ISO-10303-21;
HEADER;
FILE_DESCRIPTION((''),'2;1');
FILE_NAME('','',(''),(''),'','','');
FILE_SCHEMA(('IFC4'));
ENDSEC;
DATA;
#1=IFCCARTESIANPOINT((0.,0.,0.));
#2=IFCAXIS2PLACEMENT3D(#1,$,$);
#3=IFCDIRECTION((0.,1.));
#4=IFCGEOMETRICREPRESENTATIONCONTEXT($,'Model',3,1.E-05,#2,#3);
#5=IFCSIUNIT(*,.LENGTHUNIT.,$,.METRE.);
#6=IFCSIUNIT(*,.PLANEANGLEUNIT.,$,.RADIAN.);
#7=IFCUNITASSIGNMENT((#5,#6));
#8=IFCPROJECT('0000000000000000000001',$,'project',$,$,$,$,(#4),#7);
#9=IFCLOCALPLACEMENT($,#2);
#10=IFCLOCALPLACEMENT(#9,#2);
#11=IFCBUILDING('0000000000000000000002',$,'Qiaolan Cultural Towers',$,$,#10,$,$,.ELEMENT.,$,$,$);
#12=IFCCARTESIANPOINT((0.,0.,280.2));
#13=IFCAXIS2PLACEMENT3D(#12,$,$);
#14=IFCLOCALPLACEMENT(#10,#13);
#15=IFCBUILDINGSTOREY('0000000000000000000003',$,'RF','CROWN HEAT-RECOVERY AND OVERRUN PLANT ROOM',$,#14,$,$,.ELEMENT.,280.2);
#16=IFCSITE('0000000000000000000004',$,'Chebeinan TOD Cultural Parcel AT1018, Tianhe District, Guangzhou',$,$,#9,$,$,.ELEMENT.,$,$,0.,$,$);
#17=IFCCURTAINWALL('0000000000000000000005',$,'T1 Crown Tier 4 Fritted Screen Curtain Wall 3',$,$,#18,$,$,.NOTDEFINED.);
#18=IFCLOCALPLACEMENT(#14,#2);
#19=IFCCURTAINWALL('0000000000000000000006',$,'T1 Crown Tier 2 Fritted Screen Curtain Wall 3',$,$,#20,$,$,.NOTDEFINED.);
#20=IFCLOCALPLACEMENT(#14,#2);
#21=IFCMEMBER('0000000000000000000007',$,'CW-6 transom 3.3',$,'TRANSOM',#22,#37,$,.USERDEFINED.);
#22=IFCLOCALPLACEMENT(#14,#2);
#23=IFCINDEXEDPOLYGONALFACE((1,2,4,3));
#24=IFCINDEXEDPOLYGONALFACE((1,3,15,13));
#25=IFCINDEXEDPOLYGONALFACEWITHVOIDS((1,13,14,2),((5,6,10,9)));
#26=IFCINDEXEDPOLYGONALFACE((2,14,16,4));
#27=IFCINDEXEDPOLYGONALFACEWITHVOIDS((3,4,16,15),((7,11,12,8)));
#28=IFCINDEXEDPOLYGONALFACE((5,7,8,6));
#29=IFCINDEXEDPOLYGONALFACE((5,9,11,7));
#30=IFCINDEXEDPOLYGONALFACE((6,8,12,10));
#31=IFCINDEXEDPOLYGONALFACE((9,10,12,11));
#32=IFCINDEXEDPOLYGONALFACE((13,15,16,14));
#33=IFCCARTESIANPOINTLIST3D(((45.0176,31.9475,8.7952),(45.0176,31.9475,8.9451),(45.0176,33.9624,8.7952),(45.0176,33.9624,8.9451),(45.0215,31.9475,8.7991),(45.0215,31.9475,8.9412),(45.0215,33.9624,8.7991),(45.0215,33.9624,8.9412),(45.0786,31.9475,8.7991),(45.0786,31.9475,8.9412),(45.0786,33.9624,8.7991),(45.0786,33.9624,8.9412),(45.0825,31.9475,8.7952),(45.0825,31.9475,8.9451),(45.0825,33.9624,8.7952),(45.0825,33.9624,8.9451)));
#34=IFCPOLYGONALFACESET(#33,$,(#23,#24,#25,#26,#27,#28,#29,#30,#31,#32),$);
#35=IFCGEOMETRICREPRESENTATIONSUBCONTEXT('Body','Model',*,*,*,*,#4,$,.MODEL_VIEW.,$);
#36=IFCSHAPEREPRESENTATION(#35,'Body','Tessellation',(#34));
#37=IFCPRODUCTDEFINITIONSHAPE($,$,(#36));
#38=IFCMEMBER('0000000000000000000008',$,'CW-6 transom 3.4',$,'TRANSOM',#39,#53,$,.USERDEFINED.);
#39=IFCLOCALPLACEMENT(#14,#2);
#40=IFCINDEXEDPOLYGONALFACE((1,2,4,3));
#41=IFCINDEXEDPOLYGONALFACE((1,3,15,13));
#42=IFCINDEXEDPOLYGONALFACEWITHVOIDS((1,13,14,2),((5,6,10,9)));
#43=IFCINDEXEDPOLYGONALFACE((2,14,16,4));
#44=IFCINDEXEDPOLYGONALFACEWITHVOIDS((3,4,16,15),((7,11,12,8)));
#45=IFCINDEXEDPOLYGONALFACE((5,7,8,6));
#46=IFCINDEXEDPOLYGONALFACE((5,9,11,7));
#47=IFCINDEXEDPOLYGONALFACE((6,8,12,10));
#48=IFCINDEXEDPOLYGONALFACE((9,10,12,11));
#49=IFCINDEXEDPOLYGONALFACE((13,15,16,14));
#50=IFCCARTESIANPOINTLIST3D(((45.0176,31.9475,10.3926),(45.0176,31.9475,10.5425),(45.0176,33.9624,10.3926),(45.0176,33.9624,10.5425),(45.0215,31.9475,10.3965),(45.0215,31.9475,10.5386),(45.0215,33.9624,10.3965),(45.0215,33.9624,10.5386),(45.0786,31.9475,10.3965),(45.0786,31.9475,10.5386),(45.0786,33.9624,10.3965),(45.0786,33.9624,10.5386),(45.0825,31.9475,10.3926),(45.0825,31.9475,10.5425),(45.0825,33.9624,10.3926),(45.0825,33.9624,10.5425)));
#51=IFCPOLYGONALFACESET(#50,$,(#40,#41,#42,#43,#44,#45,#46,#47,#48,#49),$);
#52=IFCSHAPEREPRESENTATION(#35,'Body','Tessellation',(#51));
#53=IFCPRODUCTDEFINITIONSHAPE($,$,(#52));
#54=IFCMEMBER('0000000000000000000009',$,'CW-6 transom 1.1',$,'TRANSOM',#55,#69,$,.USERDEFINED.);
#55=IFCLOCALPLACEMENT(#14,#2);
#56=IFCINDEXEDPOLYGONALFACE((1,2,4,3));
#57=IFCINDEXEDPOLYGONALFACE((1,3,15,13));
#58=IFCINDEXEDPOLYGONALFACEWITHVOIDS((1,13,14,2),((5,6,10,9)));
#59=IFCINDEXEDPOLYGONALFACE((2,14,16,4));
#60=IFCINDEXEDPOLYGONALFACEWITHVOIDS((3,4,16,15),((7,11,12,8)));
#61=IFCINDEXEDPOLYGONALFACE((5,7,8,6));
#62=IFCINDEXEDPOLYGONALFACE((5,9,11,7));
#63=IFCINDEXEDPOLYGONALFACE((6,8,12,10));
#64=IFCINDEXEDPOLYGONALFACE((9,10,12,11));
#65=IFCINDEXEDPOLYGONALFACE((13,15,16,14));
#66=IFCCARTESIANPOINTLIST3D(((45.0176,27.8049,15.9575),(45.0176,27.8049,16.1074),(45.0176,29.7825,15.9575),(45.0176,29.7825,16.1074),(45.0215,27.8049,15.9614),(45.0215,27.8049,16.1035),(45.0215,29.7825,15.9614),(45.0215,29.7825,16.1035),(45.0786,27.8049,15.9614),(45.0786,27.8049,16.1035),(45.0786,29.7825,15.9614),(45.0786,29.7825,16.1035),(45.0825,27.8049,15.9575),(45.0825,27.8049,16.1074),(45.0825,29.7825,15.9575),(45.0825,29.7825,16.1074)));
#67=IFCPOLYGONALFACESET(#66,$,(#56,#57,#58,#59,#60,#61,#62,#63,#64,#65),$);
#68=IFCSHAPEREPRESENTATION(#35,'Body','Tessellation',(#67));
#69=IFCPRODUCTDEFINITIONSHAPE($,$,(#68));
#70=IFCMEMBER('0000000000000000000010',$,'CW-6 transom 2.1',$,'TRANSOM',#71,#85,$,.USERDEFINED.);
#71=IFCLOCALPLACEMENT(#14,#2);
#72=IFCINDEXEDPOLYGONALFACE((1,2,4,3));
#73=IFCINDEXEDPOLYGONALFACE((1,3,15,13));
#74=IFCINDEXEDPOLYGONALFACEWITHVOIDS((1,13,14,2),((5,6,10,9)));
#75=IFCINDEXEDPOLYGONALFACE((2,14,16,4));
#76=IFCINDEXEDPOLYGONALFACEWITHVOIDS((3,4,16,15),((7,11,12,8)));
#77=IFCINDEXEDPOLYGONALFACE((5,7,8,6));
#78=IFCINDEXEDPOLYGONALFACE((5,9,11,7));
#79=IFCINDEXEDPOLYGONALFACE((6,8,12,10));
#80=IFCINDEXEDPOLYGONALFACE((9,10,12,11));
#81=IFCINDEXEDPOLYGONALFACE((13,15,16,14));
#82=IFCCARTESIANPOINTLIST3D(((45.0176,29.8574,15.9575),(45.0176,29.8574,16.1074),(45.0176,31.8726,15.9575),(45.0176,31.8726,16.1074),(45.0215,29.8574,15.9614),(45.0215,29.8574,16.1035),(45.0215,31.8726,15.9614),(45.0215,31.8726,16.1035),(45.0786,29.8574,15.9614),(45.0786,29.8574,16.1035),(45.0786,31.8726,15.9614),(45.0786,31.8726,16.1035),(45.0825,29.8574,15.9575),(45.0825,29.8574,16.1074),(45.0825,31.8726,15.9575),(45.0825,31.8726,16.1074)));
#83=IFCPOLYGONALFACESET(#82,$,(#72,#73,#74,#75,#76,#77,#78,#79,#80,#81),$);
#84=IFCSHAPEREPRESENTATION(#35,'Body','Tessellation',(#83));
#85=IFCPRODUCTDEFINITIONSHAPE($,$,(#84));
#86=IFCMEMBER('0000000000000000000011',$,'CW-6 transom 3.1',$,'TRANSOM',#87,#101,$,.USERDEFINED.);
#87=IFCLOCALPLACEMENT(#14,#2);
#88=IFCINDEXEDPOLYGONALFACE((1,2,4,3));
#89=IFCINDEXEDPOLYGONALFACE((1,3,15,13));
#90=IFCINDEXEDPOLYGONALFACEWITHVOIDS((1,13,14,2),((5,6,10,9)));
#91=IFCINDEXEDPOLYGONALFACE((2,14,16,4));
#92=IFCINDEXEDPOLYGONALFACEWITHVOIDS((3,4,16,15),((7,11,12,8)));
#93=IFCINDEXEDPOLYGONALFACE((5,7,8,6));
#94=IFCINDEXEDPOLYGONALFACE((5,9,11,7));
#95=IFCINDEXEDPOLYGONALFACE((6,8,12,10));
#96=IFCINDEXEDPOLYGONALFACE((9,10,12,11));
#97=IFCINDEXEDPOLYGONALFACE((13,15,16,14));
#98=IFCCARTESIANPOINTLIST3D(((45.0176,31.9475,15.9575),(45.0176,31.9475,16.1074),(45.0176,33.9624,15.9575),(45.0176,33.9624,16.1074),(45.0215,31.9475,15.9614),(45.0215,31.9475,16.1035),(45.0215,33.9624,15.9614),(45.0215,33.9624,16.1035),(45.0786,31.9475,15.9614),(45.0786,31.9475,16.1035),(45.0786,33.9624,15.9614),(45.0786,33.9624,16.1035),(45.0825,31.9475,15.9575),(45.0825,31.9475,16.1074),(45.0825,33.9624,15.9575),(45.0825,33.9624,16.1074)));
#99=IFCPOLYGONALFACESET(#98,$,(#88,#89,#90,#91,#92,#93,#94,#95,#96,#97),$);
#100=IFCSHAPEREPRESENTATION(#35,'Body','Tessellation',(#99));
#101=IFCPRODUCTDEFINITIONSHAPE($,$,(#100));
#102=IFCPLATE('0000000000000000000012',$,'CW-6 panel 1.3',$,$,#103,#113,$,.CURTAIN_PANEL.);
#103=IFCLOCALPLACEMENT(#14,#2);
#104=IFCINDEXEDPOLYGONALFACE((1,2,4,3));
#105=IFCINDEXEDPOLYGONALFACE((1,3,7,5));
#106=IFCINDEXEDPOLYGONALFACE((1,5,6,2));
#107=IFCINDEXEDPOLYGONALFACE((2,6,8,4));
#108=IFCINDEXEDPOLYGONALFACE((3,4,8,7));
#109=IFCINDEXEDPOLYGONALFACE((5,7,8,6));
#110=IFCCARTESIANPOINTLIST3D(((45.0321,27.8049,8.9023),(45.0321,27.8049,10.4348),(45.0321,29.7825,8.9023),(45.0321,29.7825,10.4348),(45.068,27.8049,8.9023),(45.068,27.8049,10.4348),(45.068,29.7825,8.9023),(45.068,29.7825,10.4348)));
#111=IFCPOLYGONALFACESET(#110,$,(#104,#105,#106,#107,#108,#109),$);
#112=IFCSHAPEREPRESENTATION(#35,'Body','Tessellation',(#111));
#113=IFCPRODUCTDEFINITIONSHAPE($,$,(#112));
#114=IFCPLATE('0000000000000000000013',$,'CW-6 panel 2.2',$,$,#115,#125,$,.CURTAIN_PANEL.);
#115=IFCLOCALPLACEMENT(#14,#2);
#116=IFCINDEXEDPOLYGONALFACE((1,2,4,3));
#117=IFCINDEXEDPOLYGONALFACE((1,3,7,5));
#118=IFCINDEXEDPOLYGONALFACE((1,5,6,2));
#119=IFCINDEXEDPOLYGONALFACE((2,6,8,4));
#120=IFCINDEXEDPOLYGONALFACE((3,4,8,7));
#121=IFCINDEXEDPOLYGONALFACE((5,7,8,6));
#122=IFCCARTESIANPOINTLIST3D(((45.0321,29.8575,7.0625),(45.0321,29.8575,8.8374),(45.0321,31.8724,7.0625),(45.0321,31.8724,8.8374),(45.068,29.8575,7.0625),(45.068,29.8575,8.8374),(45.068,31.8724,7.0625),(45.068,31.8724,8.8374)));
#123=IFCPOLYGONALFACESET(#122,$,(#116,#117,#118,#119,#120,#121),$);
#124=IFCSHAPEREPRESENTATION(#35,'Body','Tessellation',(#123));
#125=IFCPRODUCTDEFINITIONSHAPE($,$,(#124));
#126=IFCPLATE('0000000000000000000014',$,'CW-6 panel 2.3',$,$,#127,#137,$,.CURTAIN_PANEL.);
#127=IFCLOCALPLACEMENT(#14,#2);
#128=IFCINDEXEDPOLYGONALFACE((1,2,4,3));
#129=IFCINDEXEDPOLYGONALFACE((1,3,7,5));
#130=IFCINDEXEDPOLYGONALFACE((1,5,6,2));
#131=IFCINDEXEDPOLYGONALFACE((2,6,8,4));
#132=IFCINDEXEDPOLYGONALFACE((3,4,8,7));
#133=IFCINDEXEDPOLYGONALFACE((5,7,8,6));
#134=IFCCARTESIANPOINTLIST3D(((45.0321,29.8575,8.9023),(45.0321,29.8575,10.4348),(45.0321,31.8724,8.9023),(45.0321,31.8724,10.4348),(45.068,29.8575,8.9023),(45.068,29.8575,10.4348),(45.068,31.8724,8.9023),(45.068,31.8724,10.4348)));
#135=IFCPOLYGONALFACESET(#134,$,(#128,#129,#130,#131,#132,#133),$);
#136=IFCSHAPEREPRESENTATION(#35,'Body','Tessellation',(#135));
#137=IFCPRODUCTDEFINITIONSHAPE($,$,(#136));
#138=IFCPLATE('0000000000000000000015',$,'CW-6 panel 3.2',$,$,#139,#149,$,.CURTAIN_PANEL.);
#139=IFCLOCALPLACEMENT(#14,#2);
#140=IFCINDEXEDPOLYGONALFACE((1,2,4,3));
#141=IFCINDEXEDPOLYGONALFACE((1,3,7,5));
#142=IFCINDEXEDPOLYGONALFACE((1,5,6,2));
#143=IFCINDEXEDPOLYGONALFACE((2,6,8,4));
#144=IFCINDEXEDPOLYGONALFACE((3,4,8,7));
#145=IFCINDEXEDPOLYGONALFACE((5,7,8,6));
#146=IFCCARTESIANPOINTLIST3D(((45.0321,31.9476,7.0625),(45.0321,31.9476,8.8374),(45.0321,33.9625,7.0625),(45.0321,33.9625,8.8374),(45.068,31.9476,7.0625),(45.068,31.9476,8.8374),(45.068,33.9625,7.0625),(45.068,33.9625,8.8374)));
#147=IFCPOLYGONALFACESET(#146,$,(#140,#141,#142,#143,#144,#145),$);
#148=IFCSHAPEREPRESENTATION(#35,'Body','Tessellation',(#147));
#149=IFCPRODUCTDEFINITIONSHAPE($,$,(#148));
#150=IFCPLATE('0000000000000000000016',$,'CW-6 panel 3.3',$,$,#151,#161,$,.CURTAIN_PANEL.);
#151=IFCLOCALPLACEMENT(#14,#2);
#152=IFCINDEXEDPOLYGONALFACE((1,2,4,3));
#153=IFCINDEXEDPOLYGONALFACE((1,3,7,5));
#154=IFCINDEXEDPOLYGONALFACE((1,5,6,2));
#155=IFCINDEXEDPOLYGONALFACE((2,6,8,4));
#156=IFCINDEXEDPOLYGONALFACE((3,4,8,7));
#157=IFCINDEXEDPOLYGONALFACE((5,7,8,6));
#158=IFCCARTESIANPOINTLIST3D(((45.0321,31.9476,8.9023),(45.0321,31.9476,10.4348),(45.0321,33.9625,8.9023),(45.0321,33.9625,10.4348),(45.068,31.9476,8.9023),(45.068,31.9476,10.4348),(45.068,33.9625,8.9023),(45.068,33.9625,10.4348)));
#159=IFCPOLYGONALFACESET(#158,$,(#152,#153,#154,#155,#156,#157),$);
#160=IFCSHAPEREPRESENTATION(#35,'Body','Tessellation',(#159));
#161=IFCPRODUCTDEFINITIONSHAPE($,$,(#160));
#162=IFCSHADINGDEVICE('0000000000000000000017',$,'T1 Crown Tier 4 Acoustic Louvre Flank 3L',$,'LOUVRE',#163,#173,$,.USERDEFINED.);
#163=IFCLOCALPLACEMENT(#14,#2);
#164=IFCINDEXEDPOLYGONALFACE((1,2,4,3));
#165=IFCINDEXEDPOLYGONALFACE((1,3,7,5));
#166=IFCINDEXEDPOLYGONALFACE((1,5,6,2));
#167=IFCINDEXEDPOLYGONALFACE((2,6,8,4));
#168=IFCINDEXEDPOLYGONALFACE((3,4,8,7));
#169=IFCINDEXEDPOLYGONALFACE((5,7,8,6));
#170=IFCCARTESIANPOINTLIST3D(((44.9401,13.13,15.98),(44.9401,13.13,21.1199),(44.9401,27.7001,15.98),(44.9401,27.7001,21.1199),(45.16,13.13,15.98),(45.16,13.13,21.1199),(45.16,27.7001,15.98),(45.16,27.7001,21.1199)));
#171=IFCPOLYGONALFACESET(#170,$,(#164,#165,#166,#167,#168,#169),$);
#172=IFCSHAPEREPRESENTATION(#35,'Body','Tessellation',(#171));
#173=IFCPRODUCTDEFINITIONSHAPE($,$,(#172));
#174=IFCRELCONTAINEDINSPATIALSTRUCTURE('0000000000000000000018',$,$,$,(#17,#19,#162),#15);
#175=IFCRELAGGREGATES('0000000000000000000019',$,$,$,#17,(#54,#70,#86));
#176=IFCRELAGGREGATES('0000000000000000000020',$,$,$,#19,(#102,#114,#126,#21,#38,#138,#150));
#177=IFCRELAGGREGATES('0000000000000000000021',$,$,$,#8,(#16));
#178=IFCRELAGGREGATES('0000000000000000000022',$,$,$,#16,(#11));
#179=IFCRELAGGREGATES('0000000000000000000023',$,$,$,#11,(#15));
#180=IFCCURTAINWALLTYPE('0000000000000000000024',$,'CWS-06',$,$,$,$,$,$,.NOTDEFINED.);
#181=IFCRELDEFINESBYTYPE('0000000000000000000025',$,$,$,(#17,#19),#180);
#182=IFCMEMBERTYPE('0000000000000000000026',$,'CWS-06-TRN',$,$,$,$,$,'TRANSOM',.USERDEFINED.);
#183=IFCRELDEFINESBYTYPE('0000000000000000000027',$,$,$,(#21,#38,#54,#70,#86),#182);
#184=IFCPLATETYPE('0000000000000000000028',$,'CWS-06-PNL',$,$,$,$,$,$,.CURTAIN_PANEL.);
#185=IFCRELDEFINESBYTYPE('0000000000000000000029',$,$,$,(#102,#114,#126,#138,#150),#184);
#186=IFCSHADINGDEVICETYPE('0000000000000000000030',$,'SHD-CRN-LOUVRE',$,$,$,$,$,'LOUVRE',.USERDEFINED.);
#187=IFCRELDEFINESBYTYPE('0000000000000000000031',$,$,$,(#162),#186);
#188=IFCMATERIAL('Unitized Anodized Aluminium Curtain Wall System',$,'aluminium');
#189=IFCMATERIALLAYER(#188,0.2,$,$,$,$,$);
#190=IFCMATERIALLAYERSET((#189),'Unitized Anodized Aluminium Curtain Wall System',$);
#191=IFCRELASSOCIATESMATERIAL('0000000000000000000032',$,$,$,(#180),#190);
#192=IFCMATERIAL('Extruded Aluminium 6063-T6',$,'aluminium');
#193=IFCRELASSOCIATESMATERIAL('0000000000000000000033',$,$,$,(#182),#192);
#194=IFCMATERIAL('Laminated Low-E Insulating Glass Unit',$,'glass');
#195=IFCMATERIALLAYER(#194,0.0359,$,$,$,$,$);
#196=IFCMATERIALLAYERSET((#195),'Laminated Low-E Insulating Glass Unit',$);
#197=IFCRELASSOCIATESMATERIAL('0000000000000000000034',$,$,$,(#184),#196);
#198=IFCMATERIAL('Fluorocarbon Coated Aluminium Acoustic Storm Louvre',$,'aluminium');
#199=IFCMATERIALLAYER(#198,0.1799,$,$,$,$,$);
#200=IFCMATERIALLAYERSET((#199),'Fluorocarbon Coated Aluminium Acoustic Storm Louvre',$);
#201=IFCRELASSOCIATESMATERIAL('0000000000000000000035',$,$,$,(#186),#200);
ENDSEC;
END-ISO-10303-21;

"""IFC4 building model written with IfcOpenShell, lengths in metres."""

from ifc_helpers import new_model, si_unit, direction, frame, origin, origin_2d, place, context, subcontext, project, spatial, rectangle, hollow_rectangle, extrude, material, layer, layer_set, material_profile, profile_set, type_object, element, aggregate, save


model = new_model("IFC4")

# Units and contexts
model_context = context("Model", 3, precision=1e-05, world=origin(), true_north=direction((0.0, 1.0)))
body_context = subcontext(model_context, "Body", "Model", "MODEL_VIEW")
ifc_project = project(units=[si_unit("LENGTHUNIT", "METRE"), si_unit("PLANEANGLEUNIT", "RADIAN")], contexts=[model_context])

# Site, building, storey
site_placement = place(None, origin())
site = spatial("IfcSite", under=ifc_project, at=site_placement, Name="Chebeinan TOD Cultural Parcel AT1018, Tianhe District, Guangzhou", CompositionType="ELEMENT", RefElevation=0.0)
building_placement = place(site_placement, origin())
building = spatial("IfcBuilding", under=site, at=building_placement, Name="Qiaolan Cultural Towers", CompositionType="ELEMENT")
storey_placement = place(building_placement, frame((0.0, 0.0, 280.2)))
storey = spatial("IfcBuildingStorey", under=building, at=storey_placement, Name="RF", Description="CROWN HEAT-RECOVERY AND OVERRUN PLANT ROOM", CompositionType="ELEMENT", Elevation=280.2)

# Curtain walls, members
ifc_material_1 = material(Name="Unitized Anodized Aluminium Curtain Wall System", Category="aluminium")
ifc_layer_1 = layer(ifc_material_1, 0.2)
ifc_layer_set_1 = layer_set([ifc_layer_1], Name="Unitized Anodized Aluminium Curtain Wall System")
curtain_wall_type = type_object("IfcCurtainWallType", Name="CWS-06", PredefinedType="NOTDEFINED", material=ifc_layer_set_1)
curtain_wall_1_placement = place(storey_placement, origin())
curtain_wall_1 = element("IfcCurtainWall", 1, at=curtain_wall_1_placement, inside=storey, type_object=curtain_wall_type, Name="T1 Crown Tier 4 Fritted Screen Curtain Wall 3", PredefinedType="NOTDEFINED")
curtain_wall_2_placement = place(storey_placement, origin())
curtain_wall_2 = element("IfcCurtainWall", 2, at=curtain_wall_2_placement, inside=storey, type_object=curtain_wall_type, Name="T1 Crown Tier 2 Fritted Screen Curtain Wall 3", PredefinedType="NOTDEFINED")
ifc_material_2 = material(Name="Extruded Aluminium 6063-T6", Category="aluminium")
ifc_material_profile_1 = material_profile(ifc_material_2, hollow_rectangle(XDim=0.0649, YDim=0.1499, WallThickness=0.0039, at=origin_2d()), Name="CWT-150x65x4")
ifc_profile_set_1 = profile_set([ifc_material_profile_1], Name="Extruded Aluminium 6063-T6")
member_type_1 = type_object("IfcMemberType", Name="CWS-06-TRN", ElementType="TRANSOM", PredefinedType="USERDEFINED", material=ifc_profile_set_1)
member_1_placement = place(storey_placement, frame((45.05, 31.9475, 8.8701), z_axis=(0.0, 1.0, 0.0), x_axis=(-1.0, 0.0, 0.0)))
member_1 = element("IfcMember", 3, at=member_1_placement, type_object=member_type_1, Name="CW-6 transom 3.3", ObjectType="TRANSOM", PredefinedType="USERDEFINED", context=body_context, shape_type="SweptSolid", body=[
    extrude(hollow_rectangle(XDim=0.0649, YDim=0.1499, WallThickness=0.0039, at=origin_2d()), origin(), (0.0, 0.0, 1.0), 2.0149),
])
member_2_placement = place(storey_placement, frame((45.05, 31.9475, 10.4675), z_axis=(0.0, 1.0, 0.0), x_axis=(-1.0, 0.0, 0.0)))
member_2 = element("IfcMember", 4, at=member_2_placement, type_object=member_type_1, Name="CW-6 transom 3.4", ObjectType="TRANSOM", PredefinedType="USERDEFINED", context=body_context, shape_type="SweptSolid", body=[
    extrude(hollow_rectangle(XDim=0.0649, YDim=0.1499, WallThickness=0.0039, at=origin_2d()), origin(), (0.0, 0.0, 1.0), 2.0149),
])

# Members
member_3_placement = place(storey_placement, frame((45.05, 27.8049, 16.0325), z_axis=(0.0, 1.0, 0.0), x_axis=(-1.0, 0.0, 0.0)))
member_3 = element("IfcMember", 5, at=member_3_placement, type_object=member_type_1, Name="CW-6 transom 1.1", ObjectType="TRANSOM", PredefinedType="USERDEFINED", context=body_context, shape_type="SweptSolid", body=[
    extrude(hollow_rectangle(XDim=0.0649, YDim=0.1499, WallThickness=0.0039, at=origin_2d()), origin(), (0.0, 0.0, 1.0), 1.9775),
])
member_4_placement = place(storey_placement, frame((45.05, 29.8574, 16.0325), z_axis=(0.0, 1.0, 0.0), x_axis=(-1.0, 0.0, 0.0)))
member_4 = element("IfcMember", 6, at=member_4_placement, type_object=member_type_1, Name="CW-6 transom 2.1", ObjectType="TRANSOM", PredefinedType="USERDEFINED", context=body_context, shape_type="SweptSolid", body=[
    extrude(hollow_rectangle(XDim=0.0649, YDim=0.1499, WallThickness=0.0039, at=origin_2d()), origin(), (0.0, 0.0, 1.0), 2.0151),
])
member_5_placement = place(storey_placement, frame((45.05, 31.9475, 16.0325), z_axis=(0.0, 1.0, 0.0), x_axis=(-1.0, 0.0, 0.0)))
member_5 = element("IfcMember", 7, at=member_5_placement, type_object=member_type_1, Name="CW-6 transom 3.1", ObjectType="TRANSOM", PredefinedType="USERDEFINED", context=body_context, shape_type="SweptSolid", body=[
    extrude(hollow_rectangle(XDim=0.0649, YDim=0.1499, WallThickness=0.0039, at=origin_2d()), origin(), (0.0, 0.0, 1.0), 2.0149),
])
aggregate(curtain_wall_1, [member_3, member_4, member_5])

# Plates
ifc_material_3 = material(Name="Laminated Low-E Insulating Glass Unit", Category="glass")
ifc_layer_2 = layer(ifc_material_3, 0.0359)
ifc_layer_set_2 = layer_set([ifc_layer_2], Name="Laminated Low-E Insulating Glass Unit")
plate_type = type_object("IfcPlateType", Name="CWS-06-PNL", PredefinedType="CURTAIN_PANEL", material=ifc_layer_set_2)
plate_1_placement = place(storey_placement, frame((45.05, 28.7937, 8.9023), z_axis=(0.0, 0.0, 1.0), x_axis=(0.0, 1.0, 0.0)))
plate_1 = element("IfcPlate", 8, at=plate_1_placement, type_object=plate_type, Name="CW-6 panel 1.3", PredefinedType="CURTAIN_PANEL", context=body_context, shape_type="SweptSolid", body=[
    extrude(rectangle(XDim=1.9775, YDim=0.0359, at=origin_2d()), origin(), (0.0, 0.0, 1.0), 1.5325),
])
plate_2_placement = place(storey_placement, frame((45.05, 30.865, 7.0625), z_axis=(0.0, 0.0, 1.0), x_axis=(0.0, 1.0, 0.0)))
plate_2 = element("IfcPlate", 9, at=plate_2_placement, type_object=plate_type, Name="CW-6 panel 2.2", PredefinedType="CURTAIN_PANEL", context=body_context, shape_type="SweptSolid", body=[
    extrude(rectangle(XDim=2.0149, YDim=0.0359, at=origin_2d()), origin(), (0.0, 0.0, 1.0), 1.7749),
])
plate_3_placement = place(storey_placement, frame((45.05, 30.865, 8.9023), z_axis=(0.0, 0.0, 1.0), x_axis=(0.0, 1.0, 0.0)))
plate_3 = element("IfcPlate", 10, at=plate_3_placement, type_object=plate_type, Name="CW-6 panel 2.3", PredefinedType="CURTAIN_PANEL", context=body_context, shape_type="SweptSolid", body=[
    extrude(rectangle(XDim=2.0149, YDim=0.0359, at=origin_2d()), origin(), (0.0, 0.0, 1.0), 1.5325),
])
plate_4_placement = place(storey_placement, frame((45.05, 32.9551, 7.0625), z_axis=(0.0, 0.0, 1.0), x_axis=(0.0, 1.0, 0.0)))
plate_4 = element("IfcPlate", 11, at=plate_4_placement, type_object=plate_type, Name="CW-6 panel 3.2", PredefinedType="CURTAIN_PANEL", context=body_context, shape_type="SweptSolid", body=[
    extrude(rectangle(XDim=2.0149, YDim=0.0359, at=origin_2d()), origin(), (0.0, 0.0, 1.0), 1.7749),
])
plate_5_placement = place(storey_placement, frame((45.05, 32.9551, 8.9023), z_axis=(0.0, 0.0, 1.0), x_axis=(0.0, 1.0, 0.0)))
plate_5 = element("IfcPlate", 12, at=plate_5_placement, type_object=plate_type, Name="CW-6 panel 3.3", PredefinedType="CURTAIN_PANEL", context=body_context, shape_type="SweptSolid", body=[
    extrude(rectangle(XDim=2.0149, YDim=0.0359, at=origin_2d()), origin(), (0.0, 0.0, 1.0), 1.5325),
])
aggregate(curtain_wall_2, [plate_1, plate_2, plate_3, member_1, member_2, plate_4, plate_5])

# Shading device
ifc_material_4 = material(Name="Fluorocarbon Coated Aluminium Acoustic Storm Louvre", Category="aluminium")
ifc_layer_3 = layer(ifc_material_4, 0.1799)
ifc_layer_set_3 = layer_set([ifc_layer_3], Name="Fluorocarbon Coated Aluminium Acoustic Storm Louvre")
shading_device_type = type_object("IfcShadingDeviceType", Name="SHD-CRN-LOUVRE", ElementType="LOUVRE", PredefinedType="USERDEFINED", material=ifc_layer_set_3)
shading_device_placement = place(storey_placement, frame((45.05, 20.415, 15.98), z_axis=(0.0, 0.0, 1.0), x_axis=(0.0, 1.0, 0.0)))
element("IfcShadingDevice", 13, at=shading_device_placement, inside=storey, type_object=shading_device_type, Name="T1 Crown Tier 4 Acoustic Louvre Flank 3L", ObjectType="LOUVRE", PredefinedType="USERDEFINED", context=body_context, shape_type="SweptSolid", body=[
    extrude(rectangle(XDim=14.5701, YDim=0.22, at=origin_2d()), origin(), (0.0, 0.0, 1.0), 5.1399),
])

save(model, "model.ifc")
